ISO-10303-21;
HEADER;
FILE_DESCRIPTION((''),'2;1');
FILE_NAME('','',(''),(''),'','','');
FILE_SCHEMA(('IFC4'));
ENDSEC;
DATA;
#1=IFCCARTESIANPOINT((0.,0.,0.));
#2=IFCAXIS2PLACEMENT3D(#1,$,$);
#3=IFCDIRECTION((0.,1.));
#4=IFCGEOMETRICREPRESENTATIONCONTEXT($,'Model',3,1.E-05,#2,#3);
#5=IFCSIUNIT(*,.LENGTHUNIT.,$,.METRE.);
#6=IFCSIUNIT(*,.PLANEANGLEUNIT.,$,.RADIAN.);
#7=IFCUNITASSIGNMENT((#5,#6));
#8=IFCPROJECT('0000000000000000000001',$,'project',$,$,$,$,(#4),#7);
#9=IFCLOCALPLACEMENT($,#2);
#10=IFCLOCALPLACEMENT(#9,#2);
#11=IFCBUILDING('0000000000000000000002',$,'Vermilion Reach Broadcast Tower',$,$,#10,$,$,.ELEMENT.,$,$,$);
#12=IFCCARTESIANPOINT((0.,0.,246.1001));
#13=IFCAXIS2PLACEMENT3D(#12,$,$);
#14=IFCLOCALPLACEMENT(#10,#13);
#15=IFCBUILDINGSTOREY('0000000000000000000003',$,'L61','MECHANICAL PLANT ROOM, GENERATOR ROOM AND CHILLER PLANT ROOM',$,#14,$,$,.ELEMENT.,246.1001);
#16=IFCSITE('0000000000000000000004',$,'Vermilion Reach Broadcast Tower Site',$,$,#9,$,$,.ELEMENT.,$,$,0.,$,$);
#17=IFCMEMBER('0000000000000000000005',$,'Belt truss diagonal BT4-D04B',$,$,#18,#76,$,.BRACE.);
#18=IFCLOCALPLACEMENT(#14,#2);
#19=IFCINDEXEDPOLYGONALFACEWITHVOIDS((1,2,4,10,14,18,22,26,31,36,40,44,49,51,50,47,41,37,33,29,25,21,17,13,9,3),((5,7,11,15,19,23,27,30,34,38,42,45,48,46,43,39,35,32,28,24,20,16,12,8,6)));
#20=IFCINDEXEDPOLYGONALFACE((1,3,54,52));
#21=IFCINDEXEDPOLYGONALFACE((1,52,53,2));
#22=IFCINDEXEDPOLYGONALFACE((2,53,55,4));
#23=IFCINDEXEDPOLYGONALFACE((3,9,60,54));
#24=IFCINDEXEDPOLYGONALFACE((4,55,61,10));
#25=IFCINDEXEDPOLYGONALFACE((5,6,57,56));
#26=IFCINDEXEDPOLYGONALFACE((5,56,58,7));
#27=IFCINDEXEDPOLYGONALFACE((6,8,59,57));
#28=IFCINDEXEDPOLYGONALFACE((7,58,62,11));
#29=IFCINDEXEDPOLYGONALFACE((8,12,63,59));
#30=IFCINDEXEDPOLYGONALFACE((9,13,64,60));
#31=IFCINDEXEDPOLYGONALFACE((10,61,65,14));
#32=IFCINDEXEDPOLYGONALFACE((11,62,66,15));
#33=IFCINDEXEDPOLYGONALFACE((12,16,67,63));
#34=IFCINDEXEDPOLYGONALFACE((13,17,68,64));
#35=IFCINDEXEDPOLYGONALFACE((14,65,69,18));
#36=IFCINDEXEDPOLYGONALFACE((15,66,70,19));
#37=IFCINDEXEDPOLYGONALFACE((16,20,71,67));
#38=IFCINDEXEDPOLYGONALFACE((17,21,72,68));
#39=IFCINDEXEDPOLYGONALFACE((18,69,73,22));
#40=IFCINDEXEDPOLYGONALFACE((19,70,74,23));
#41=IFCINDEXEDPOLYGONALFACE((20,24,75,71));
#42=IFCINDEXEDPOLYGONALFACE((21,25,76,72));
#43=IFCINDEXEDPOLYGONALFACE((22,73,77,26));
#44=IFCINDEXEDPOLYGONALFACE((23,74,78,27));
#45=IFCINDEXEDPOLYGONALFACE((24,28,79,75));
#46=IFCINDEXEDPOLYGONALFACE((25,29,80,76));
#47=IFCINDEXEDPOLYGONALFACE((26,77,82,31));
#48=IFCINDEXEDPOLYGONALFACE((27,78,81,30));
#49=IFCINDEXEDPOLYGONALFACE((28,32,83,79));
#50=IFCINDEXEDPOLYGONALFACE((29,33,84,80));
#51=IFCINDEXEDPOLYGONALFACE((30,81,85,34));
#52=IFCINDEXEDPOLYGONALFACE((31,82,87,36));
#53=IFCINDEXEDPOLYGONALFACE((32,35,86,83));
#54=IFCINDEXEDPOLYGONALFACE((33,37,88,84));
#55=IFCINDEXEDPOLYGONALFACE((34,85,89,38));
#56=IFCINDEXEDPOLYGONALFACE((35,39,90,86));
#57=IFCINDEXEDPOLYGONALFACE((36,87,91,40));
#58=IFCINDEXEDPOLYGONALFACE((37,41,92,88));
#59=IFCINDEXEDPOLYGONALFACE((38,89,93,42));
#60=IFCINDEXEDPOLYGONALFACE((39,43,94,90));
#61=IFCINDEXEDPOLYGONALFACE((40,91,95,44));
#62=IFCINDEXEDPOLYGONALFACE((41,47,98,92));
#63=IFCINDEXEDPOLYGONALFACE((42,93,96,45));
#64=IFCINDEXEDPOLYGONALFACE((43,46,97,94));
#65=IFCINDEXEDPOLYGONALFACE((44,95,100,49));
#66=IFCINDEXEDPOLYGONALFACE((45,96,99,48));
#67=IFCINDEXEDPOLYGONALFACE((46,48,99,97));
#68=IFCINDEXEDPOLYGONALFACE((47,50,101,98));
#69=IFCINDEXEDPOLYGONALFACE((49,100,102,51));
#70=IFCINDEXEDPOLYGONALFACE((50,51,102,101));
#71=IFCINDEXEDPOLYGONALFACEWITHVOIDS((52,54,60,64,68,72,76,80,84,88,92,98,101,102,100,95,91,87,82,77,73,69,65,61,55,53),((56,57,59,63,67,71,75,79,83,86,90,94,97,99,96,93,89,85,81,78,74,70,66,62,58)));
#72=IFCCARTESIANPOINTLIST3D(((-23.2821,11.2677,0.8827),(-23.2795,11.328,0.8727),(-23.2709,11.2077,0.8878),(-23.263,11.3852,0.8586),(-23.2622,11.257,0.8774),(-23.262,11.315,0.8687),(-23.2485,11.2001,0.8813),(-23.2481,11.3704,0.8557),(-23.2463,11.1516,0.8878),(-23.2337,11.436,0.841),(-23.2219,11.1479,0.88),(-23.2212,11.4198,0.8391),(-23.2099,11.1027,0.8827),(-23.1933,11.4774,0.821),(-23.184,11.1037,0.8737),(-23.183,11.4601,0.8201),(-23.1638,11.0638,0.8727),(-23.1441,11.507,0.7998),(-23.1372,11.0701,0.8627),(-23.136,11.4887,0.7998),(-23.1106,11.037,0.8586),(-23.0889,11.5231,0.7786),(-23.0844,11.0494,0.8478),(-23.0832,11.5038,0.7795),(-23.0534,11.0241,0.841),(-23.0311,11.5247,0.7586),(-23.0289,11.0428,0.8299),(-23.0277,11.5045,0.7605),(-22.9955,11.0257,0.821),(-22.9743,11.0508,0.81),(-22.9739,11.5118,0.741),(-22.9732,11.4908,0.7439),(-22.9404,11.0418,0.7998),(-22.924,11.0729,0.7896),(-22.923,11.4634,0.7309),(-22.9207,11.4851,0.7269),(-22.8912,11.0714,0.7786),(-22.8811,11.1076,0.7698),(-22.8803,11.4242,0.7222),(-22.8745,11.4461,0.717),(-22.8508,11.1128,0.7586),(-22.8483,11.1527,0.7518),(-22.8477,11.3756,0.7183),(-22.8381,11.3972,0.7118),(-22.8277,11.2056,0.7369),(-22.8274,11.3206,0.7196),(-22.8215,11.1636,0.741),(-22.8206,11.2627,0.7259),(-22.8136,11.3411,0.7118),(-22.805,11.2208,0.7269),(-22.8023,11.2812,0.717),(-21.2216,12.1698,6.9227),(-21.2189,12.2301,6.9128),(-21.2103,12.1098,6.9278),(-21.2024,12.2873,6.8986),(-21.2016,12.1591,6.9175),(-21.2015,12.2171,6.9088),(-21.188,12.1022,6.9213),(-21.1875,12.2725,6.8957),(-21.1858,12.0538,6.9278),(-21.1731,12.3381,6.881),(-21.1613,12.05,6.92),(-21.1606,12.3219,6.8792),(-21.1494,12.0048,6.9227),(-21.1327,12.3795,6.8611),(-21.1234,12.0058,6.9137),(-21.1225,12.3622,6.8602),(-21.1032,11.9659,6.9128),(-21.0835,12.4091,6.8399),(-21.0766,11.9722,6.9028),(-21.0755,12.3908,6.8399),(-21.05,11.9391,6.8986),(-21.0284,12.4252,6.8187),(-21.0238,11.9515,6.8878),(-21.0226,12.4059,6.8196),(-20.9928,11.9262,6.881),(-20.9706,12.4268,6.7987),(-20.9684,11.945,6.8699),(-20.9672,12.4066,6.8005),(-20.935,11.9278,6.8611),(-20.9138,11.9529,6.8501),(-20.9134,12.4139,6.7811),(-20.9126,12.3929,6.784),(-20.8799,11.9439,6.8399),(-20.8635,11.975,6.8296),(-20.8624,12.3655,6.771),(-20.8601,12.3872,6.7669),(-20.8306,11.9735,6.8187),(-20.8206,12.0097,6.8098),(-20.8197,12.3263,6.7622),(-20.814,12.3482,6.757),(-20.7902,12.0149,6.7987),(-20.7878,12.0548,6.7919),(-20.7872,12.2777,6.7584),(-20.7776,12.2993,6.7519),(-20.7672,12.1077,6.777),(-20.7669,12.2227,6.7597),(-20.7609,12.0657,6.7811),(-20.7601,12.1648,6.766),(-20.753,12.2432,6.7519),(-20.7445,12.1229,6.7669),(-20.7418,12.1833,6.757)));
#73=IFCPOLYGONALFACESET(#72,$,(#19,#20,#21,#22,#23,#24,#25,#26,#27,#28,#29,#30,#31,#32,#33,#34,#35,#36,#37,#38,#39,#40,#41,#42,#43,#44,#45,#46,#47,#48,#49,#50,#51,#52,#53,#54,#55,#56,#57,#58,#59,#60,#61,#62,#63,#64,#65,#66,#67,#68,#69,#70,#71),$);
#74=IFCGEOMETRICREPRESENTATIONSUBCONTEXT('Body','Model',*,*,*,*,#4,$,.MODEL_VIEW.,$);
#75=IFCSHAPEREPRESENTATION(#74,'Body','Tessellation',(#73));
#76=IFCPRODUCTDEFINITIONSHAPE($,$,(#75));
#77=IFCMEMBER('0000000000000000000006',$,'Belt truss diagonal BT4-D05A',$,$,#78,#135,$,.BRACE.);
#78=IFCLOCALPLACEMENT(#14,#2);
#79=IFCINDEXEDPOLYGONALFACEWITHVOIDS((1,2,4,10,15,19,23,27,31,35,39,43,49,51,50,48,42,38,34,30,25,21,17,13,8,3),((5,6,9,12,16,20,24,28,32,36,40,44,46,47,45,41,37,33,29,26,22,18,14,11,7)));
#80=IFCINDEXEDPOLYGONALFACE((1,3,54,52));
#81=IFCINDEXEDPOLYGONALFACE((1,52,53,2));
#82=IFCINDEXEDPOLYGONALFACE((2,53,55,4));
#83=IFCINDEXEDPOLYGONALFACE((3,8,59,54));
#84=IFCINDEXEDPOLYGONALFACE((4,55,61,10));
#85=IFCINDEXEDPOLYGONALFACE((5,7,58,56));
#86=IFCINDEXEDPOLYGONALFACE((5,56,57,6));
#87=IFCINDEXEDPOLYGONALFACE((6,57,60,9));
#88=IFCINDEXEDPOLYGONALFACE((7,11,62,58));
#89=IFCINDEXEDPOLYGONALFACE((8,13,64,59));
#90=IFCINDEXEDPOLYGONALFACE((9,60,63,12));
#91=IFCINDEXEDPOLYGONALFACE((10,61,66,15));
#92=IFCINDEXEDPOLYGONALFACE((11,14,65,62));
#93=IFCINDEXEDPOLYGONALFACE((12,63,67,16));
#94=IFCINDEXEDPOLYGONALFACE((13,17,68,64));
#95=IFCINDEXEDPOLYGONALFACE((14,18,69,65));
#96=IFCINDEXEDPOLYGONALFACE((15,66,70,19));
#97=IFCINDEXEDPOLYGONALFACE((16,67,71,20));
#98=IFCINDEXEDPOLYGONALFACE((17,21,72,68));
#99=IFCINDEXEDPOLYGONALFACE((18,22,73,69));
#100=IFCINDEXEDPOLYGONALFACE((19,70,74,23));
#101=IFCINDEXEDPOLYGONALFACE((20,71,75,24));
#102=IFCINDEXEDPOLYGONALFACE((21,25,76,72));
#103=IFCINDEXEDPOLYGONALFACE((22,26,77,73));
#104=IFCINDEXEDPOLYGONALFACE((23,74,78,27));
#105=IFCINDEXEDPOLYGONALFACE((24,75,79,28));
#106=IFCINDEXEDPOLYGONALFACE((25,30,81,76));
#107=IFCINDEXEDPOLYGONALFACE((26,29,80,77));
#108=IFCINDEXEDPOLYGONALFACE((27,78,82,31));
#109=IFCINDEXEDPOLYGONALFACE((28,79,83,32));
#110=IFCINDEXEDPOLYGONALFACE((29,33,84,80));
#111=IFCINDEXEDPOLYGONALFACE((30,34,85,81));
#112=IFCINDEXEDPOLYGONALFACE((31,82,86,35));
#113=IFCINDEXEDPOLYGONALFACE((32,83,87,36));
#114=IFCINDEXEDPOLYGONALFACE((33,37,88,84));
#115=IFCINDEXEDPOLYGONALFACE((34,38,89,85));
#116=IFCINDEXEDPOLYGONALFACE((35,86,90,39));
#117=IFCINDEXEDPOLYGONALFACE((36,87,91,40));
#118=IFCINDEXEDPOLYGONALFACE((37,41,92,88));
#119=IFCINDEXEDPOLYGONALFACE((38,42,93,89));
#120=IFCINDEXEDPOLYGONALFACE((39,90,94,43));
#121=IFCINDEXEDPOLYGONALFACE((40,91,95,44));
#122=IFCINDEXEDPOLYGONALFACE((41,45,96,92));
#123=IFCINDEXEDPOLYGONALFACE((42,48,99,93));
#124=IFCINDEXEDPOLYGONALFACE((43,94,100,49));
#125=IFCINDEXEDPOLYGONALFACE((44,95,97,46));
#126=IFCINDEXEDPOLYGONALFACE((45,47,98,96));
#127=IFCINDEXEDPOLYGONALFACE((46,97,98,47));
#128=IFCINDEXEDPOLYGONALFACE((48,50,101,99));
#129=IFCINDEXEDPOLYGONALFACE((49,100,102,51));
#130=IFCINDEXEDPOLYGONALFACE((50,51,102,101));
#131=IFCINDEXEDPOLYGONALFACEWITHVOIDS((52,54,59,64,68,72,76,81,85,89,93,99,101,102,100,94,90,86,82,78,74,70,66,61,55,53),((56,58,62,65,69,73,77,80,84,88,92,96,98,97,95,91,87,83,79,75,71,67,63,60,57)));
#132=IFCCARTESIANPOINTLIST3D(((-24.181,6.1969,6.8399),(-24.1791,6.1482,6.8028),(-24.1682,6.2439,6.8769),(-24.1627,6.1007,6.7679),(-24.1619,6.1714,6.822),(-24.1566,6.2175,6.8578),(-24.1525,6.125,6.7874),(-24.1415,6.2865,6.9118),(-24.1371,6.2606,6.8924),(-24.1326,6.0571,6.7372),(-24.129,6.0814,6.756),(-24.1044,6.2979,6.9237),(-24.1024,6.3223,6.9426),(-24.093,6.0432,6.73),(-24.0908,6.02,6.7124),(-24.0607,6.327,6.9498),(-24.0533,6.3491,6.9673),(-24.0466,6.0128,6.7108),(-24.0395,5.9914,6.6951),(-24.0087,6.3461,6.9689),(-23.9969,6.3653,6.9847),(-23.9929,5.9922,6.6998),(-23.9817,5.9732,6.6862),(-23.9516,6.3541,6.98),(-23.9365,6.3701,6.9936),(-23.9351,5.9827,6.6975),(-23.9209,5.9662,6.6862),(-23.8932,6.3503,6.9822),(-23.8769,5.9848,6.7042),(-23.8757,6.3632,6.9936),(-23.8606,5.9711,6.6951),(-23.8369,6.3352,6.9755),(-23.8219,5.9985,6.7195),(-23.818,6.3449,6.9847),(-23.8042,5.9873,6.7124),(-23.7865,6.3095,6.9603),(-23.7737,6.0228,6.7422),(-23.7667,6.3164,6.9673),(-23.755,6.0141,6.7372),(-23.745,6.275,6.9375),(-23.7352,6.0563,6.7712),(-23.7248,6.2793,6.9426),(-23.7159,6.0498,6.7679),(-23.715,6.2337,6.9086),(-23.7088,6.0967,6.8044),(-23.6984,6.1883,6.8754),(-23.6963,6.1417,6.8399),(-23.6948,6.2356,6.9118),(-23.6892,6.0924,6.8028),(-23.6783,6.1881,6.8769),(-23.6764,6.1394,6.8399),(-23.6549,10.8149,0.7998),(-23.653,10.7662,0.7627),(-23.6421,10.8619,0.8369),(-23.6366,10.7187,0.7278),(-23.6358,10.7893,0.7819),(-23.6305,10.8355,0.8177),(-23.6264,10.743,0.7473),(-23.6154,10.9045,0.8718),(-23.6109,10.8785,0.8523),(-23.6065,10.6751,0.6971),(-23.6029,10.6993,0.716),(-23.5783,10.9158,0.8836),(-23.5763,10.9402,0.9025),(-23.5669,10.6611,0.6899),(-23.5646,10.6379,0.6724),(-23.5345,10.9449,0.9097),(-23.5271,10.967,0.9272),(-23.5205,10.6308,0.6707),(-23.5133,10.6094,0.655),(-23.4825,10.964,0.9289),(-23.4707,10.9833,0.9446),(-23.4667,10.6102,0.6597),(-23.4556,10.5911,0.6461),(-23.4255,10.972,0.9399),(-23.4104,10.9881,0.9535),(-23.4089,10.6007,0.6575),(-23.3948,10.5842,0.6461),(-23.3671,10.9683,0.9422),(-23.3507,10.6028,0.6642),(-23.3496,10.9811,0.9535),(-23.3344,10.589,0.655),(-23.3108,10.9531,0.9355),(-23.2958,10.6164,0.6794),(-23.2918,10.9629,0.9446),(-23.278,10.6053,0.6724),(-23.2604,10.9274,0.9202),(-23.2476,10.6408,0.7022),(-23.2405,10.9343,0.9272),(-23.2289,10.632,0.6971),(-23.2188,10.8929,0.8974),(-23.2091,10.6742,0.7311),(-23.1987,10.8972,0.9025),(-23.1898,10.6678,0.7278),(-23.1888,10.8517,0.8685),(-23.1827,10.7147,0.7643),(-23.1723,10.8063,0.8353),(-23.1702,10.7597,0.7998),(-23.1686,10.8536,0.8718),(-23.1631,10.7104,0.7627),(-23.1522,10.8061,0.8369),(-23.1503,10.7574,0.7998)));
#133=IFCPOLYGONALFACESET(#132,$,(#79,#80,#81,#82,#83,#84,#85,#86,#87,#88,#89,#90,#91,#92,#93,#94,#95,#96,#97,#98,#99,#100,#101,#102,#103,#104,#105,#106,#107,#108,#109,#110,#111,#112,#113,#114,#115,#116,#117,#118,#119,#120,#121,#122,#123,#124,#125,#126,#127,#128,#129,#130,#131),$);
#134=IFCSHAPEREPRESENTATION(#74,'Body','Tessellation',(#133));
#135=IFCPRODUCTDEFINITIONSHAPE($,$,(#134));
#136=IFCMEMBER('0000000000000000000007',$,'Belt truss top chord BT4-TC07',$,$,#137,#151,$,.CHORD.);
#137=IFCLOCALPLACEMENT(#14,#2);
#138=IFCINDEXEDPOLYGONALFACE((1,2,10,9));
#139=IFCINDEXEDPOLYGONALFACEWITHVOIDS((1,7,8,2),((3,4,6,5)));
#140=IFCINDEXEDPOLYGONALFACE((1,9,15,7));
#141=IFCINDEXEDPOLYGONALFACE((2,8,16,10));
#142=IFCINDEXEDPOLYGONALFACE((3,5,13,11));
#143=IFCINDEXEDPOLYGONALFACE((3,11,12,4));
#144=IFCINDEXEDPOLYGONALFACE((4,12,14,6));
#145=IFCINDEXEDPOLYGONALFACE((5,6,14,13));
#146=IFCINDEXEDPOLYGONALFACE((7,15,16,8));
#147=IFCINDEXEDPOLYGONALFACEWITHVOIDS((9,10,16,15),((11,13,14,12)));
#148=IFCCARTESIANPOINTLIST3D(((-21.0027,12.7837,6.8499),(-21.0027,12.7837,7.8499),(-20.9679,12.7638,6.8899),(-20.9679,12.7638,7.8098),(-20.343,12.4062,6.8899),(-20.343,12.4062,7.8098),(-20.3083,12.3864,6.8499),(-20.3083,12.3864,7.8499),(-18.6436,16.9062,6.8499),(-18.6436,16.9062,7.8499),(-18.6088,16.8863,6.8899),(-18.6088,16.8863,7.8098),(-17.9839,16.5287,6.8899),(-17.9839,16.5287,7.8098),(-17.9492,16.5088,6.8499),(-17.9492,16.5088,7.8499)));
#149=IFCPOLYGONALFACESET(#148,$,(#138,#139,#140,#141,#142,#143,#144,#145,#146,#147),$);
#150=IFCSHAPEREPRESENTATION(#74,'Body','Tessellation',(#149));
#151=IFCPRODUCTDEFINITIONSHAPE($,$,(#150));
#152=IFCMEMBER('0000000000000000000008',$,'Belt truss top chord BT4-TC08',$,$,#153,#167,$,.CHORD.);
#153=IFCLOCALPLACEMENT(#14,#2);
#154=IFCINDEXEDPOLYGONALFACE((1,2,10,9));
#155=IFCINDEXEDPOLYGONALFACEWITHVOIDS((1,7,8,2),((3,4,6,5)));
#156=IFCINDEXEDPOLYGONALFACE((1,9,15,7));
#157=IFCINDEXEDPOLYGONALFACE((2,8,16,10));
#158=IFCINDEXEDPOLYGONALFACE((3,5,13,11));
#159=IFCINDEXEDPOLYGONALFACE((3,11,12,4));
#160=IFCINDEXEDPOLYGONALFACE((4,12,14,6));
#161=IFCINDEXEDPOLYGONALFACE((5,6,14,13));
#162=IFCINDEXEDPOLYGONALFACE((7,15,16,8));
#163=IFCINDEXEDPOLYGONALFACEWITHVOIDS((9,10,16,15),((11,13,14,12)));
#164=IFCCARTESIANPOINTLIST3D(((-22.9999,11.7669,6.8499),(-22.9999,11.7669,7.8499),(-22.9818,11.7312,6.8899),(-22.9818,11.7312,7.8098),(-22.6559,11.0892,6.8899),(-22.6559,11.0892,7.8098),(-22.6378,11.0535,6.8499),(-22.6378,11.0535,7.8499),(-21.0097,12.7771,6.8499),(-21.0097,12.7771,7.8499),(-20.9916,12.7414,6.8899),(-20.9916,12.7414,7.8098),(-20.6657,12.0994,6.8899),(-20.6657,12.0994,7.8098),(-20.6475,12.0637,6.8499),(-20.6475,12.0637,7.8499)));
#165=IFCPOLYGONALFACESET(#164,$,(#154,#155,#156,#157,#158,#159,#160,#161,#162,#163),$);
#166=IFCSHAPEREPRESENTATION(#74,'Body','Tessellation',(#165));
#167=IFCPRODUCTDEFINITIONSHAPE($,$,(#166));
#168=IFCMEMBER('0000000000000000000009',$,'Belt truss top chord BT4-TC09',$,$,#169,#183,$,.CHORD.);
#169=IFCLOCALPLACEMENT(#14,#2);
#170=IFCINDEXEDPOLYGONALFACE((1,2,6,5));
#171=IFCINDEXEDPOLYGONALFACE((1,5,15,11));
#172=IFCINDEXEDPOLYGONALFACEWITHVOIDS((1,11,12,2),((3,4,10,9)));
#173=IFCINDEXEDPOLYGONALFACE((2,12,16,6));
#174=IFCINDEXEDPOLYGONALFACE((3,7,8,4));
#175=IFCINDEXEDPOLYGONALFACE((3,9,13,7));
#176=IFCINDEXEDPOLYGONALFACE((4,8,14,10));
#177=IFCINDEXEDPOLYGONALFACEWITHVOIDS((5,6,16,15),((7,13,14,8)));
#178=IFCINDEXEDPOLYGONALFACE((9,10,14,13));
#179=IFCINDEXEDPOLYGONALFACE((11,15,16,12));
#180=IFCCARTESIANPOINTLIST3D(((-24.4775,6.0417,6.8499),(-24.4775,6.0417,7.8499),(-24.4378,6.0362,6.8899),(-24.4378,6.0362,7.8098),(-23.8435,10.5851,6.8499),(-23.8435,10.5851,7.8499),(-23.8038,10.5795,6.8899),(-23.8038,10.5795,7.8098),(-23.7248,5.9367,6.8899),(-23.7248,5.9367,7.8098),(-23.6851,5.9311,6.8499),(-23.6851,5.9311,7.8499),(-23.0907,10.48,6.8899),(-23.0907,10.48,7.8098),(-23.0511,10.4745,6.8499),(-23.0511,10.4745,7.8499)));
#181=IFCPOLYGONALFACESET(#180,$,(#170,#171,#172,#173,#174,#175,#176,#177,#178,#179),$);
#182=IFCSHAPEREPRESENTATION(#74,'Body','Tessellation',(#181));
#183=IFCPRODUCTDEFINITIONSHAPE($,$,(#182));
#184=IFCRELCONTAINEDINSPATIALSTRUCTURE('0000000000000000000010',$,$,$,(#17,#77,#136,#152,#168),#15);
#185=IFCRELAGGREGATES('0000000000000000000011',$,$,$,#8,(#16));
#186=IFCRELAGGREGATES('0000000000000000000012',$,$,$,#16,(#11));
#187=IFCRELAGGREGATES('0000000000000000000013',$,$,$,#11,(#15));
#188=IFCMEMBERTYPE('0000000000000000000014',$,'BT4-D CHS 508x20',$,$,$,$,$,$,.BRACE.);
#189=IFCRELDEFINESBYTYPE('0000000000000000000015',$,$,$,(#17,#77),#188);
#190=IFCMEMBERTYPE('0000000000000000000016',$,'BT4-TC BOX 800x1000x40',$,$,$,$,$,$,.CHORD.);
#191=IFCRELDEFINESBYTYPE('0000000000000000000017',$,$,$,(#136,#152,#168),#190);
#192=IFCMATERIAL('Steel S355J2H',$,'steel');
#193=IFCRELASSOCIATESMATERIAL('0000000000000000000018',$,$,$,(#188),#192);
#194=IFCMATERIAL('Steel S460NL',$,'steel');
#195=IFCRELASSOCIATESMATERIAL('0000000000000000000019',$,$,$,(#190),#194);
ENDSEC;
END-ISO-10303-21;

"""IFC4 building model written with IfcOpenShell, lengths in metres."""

from ifc_helpers import new_model, si_unit, direction, frame, origin, origin_2d, place, context, subcontext, project, spatial, hollow_rectangle, hollow_circle, extrude, material, material_profile, profile_set, type_object, element, save


model = new_model("IFC4")

# Units and contexts
model_context = context("Model", 3, precision=1e-05, world=origin(), true_north=direction((0.0, 1.0)))
body_context = subcontext(model_context, "Body", "Model", "MODEL_VIEW")
ifc_project = project(units=[si_unit("LENGTHUNIT", "METRE"), si_unit("PLANEANGLEUNIT", "RADIAN")], contexts=[model_context])

# Site, building, storey
site_placement = place(None, origin())
site = spatial("IfcSite", under=ifc_project, at=site_placement, Name="Vermilion Reach Broadcast Tower Site", CompositionType="ELEMENT", RefElevation=0.0)
building_placement = place(site_placement, origin())
building = spatial("IfcBuilding", under=site, at=building_placement, Name="Vermilion Reach Broadcast Tower", CompositionType="ELEMENT")
storey_placement = place(building_placement, frame((0.0, 0.0, 246.1001)))
storey = spatial("IfcBuildingStorey", under=building, at=storey_placement, Name="L61", Description="MECHANICAL PLANT ROOM, GENERATOR ROOM AND CHILLER PLANT ROOM", CompositionType="ELEMENT", Elevation=246.1001)

# Members
ifc_material_1 = material(Name="Steel S355J2H", Category="steel")
ifc_material_profile_1 = material_profile(ifc_material_1, hollow_circle(Radius=0.2539, WallThickness=0.02, at=origin_2d()), Name="S355J2H CHS 508x20")
ifc_profile_set_1 = profile_set([ifc_material_profile_1], Name="Steel S355J2H")
member_type_1 = type_object("IfcMemberType", Name="BT4-D CHS 508x20", PredefinedType="BRACE", material=ifc_profile_set_1)
member_1_placement = place(storey_placement, frame((-23.0422, 11.2744, 0.7998), z_axis=(0.319698, 0.139963, 0.937125), x_axis=(-0.401047, 0.916058, 0.0)))
element("IfcMember", 1, at=member_1_placement, inside=storey, type_object=member_type_1, Name="Belt truss diagonal BT4-D04B", PredefinedType="BRACE", context=body_context, shape_type="SweptSolid", body=[
    extrude(hollow_circle(Radius=0.2539, WallThickness=0.02, at=origin_2d()), origin(), (0.0, 0.0, 1.0), 6.4453),
])
member_2_placement = place(storey_placement, frame((-23.4026, 10.7861, 0.7998), z_axis=(-0.069033, -0.605924, 0.792522), x_axis=(0.993572, -0.113198, 0.0)))
element("IfcMember", 2, at=member_2_placement, inside=storey, type_object=member_type_1, Name="Belt truss diagonal BT4-D05A", PredefinedType="BRACE", context=body_context, shape_type="SweptSolid", body=[
    extrude(hollow_circle(Radius=0.2539, WallThickness=0.02, at=origin_2d()), origin(), (0.0, 0.0, 1.0), 7.6213),
])
ifc_material_2 = material(Name="Steel S460NL", Category="steel")
ifc_material_profile_2 = material_profile(ifc_material_2, hollow_rectangle(XDim=0.8, YDim=1.0, WallThickness=0.04, at=origin_2d()), Name="S460NL BOX 800x1000x40")
ifc_profile_set_2 = profile_set([ifc_material_profile_2], Name="Steel S460NL")
member_type_2 = type_object("IfcMemberType", Name="BT4-TC BOX 800x1000x40", PredefinedType="CHORD", material=ifc_profile_set_2)
member_3_placement = place(storey_placement, frame((-18.2964, 16.7075, 7.3499), z_axis=(-0.496676, -0.867936, 0.0), x_axis=(0.867936, -0.496676, 0.0)))
element("IfcMember", 3, at=member_3_placement, inside=storey, type_object=member_type_2, Name="Belt truss top chord BT4-TC07", PredefinedType="CHORD", context=body_context, shape_type="SweptSolid", body=[
    extrude(hollow_rectangle(XDim=0.8, YDim=1.0, WallThickness=0.04, at=origin_2d()), origin(), (0.0, 0.0, 1.0), 4.7498),
])
member_4_placement = place(storey_placement, frame((-20.8286, 12.4204, 7.3499), z_axis=(-0.891698, -0.452631, 0.0), x_axis=(0.452631, -0.891698, 0.0)))
element("IfcMember", 4, at=member_4_placement, inside=storey, type_object=member_type_2, Name="Belt truss top chord BT4-TC08", PredefinedType="CHORD", context=body_context, shape_type="SweptSolid", body=[
    extrude(hollow_rectangle(XDim=0.8, YDim=1.0, WallThickness=0.04, at=origin_2d()), origin(), (0.0, 0.0, 1.0), 2.2319),
])
member_5_placement = place(storey_placement, frame((-23.4473, 10.5298, 7.3499), z_axis=(-0.138209, -0.990403, 0.0), x_axis=(0.990403, -0.138209, 0.0)))
element("IfcMember", 5, at=member_5_placement, inside=storey, type_object=member_type_2, Name="Belt truss top chord BT4-TC09", PredefinedType="CHORD", context=body_context, shape_type="SweptSolid", body=[
    extrude(hollow_rectangle(XDim=0.8, YDim=1.0, WallThickness=0.04, at=origin_2d()), origin(), (0.0, 0.0, 1.0), 4.5874),
])

save(model, "model.ifc")
